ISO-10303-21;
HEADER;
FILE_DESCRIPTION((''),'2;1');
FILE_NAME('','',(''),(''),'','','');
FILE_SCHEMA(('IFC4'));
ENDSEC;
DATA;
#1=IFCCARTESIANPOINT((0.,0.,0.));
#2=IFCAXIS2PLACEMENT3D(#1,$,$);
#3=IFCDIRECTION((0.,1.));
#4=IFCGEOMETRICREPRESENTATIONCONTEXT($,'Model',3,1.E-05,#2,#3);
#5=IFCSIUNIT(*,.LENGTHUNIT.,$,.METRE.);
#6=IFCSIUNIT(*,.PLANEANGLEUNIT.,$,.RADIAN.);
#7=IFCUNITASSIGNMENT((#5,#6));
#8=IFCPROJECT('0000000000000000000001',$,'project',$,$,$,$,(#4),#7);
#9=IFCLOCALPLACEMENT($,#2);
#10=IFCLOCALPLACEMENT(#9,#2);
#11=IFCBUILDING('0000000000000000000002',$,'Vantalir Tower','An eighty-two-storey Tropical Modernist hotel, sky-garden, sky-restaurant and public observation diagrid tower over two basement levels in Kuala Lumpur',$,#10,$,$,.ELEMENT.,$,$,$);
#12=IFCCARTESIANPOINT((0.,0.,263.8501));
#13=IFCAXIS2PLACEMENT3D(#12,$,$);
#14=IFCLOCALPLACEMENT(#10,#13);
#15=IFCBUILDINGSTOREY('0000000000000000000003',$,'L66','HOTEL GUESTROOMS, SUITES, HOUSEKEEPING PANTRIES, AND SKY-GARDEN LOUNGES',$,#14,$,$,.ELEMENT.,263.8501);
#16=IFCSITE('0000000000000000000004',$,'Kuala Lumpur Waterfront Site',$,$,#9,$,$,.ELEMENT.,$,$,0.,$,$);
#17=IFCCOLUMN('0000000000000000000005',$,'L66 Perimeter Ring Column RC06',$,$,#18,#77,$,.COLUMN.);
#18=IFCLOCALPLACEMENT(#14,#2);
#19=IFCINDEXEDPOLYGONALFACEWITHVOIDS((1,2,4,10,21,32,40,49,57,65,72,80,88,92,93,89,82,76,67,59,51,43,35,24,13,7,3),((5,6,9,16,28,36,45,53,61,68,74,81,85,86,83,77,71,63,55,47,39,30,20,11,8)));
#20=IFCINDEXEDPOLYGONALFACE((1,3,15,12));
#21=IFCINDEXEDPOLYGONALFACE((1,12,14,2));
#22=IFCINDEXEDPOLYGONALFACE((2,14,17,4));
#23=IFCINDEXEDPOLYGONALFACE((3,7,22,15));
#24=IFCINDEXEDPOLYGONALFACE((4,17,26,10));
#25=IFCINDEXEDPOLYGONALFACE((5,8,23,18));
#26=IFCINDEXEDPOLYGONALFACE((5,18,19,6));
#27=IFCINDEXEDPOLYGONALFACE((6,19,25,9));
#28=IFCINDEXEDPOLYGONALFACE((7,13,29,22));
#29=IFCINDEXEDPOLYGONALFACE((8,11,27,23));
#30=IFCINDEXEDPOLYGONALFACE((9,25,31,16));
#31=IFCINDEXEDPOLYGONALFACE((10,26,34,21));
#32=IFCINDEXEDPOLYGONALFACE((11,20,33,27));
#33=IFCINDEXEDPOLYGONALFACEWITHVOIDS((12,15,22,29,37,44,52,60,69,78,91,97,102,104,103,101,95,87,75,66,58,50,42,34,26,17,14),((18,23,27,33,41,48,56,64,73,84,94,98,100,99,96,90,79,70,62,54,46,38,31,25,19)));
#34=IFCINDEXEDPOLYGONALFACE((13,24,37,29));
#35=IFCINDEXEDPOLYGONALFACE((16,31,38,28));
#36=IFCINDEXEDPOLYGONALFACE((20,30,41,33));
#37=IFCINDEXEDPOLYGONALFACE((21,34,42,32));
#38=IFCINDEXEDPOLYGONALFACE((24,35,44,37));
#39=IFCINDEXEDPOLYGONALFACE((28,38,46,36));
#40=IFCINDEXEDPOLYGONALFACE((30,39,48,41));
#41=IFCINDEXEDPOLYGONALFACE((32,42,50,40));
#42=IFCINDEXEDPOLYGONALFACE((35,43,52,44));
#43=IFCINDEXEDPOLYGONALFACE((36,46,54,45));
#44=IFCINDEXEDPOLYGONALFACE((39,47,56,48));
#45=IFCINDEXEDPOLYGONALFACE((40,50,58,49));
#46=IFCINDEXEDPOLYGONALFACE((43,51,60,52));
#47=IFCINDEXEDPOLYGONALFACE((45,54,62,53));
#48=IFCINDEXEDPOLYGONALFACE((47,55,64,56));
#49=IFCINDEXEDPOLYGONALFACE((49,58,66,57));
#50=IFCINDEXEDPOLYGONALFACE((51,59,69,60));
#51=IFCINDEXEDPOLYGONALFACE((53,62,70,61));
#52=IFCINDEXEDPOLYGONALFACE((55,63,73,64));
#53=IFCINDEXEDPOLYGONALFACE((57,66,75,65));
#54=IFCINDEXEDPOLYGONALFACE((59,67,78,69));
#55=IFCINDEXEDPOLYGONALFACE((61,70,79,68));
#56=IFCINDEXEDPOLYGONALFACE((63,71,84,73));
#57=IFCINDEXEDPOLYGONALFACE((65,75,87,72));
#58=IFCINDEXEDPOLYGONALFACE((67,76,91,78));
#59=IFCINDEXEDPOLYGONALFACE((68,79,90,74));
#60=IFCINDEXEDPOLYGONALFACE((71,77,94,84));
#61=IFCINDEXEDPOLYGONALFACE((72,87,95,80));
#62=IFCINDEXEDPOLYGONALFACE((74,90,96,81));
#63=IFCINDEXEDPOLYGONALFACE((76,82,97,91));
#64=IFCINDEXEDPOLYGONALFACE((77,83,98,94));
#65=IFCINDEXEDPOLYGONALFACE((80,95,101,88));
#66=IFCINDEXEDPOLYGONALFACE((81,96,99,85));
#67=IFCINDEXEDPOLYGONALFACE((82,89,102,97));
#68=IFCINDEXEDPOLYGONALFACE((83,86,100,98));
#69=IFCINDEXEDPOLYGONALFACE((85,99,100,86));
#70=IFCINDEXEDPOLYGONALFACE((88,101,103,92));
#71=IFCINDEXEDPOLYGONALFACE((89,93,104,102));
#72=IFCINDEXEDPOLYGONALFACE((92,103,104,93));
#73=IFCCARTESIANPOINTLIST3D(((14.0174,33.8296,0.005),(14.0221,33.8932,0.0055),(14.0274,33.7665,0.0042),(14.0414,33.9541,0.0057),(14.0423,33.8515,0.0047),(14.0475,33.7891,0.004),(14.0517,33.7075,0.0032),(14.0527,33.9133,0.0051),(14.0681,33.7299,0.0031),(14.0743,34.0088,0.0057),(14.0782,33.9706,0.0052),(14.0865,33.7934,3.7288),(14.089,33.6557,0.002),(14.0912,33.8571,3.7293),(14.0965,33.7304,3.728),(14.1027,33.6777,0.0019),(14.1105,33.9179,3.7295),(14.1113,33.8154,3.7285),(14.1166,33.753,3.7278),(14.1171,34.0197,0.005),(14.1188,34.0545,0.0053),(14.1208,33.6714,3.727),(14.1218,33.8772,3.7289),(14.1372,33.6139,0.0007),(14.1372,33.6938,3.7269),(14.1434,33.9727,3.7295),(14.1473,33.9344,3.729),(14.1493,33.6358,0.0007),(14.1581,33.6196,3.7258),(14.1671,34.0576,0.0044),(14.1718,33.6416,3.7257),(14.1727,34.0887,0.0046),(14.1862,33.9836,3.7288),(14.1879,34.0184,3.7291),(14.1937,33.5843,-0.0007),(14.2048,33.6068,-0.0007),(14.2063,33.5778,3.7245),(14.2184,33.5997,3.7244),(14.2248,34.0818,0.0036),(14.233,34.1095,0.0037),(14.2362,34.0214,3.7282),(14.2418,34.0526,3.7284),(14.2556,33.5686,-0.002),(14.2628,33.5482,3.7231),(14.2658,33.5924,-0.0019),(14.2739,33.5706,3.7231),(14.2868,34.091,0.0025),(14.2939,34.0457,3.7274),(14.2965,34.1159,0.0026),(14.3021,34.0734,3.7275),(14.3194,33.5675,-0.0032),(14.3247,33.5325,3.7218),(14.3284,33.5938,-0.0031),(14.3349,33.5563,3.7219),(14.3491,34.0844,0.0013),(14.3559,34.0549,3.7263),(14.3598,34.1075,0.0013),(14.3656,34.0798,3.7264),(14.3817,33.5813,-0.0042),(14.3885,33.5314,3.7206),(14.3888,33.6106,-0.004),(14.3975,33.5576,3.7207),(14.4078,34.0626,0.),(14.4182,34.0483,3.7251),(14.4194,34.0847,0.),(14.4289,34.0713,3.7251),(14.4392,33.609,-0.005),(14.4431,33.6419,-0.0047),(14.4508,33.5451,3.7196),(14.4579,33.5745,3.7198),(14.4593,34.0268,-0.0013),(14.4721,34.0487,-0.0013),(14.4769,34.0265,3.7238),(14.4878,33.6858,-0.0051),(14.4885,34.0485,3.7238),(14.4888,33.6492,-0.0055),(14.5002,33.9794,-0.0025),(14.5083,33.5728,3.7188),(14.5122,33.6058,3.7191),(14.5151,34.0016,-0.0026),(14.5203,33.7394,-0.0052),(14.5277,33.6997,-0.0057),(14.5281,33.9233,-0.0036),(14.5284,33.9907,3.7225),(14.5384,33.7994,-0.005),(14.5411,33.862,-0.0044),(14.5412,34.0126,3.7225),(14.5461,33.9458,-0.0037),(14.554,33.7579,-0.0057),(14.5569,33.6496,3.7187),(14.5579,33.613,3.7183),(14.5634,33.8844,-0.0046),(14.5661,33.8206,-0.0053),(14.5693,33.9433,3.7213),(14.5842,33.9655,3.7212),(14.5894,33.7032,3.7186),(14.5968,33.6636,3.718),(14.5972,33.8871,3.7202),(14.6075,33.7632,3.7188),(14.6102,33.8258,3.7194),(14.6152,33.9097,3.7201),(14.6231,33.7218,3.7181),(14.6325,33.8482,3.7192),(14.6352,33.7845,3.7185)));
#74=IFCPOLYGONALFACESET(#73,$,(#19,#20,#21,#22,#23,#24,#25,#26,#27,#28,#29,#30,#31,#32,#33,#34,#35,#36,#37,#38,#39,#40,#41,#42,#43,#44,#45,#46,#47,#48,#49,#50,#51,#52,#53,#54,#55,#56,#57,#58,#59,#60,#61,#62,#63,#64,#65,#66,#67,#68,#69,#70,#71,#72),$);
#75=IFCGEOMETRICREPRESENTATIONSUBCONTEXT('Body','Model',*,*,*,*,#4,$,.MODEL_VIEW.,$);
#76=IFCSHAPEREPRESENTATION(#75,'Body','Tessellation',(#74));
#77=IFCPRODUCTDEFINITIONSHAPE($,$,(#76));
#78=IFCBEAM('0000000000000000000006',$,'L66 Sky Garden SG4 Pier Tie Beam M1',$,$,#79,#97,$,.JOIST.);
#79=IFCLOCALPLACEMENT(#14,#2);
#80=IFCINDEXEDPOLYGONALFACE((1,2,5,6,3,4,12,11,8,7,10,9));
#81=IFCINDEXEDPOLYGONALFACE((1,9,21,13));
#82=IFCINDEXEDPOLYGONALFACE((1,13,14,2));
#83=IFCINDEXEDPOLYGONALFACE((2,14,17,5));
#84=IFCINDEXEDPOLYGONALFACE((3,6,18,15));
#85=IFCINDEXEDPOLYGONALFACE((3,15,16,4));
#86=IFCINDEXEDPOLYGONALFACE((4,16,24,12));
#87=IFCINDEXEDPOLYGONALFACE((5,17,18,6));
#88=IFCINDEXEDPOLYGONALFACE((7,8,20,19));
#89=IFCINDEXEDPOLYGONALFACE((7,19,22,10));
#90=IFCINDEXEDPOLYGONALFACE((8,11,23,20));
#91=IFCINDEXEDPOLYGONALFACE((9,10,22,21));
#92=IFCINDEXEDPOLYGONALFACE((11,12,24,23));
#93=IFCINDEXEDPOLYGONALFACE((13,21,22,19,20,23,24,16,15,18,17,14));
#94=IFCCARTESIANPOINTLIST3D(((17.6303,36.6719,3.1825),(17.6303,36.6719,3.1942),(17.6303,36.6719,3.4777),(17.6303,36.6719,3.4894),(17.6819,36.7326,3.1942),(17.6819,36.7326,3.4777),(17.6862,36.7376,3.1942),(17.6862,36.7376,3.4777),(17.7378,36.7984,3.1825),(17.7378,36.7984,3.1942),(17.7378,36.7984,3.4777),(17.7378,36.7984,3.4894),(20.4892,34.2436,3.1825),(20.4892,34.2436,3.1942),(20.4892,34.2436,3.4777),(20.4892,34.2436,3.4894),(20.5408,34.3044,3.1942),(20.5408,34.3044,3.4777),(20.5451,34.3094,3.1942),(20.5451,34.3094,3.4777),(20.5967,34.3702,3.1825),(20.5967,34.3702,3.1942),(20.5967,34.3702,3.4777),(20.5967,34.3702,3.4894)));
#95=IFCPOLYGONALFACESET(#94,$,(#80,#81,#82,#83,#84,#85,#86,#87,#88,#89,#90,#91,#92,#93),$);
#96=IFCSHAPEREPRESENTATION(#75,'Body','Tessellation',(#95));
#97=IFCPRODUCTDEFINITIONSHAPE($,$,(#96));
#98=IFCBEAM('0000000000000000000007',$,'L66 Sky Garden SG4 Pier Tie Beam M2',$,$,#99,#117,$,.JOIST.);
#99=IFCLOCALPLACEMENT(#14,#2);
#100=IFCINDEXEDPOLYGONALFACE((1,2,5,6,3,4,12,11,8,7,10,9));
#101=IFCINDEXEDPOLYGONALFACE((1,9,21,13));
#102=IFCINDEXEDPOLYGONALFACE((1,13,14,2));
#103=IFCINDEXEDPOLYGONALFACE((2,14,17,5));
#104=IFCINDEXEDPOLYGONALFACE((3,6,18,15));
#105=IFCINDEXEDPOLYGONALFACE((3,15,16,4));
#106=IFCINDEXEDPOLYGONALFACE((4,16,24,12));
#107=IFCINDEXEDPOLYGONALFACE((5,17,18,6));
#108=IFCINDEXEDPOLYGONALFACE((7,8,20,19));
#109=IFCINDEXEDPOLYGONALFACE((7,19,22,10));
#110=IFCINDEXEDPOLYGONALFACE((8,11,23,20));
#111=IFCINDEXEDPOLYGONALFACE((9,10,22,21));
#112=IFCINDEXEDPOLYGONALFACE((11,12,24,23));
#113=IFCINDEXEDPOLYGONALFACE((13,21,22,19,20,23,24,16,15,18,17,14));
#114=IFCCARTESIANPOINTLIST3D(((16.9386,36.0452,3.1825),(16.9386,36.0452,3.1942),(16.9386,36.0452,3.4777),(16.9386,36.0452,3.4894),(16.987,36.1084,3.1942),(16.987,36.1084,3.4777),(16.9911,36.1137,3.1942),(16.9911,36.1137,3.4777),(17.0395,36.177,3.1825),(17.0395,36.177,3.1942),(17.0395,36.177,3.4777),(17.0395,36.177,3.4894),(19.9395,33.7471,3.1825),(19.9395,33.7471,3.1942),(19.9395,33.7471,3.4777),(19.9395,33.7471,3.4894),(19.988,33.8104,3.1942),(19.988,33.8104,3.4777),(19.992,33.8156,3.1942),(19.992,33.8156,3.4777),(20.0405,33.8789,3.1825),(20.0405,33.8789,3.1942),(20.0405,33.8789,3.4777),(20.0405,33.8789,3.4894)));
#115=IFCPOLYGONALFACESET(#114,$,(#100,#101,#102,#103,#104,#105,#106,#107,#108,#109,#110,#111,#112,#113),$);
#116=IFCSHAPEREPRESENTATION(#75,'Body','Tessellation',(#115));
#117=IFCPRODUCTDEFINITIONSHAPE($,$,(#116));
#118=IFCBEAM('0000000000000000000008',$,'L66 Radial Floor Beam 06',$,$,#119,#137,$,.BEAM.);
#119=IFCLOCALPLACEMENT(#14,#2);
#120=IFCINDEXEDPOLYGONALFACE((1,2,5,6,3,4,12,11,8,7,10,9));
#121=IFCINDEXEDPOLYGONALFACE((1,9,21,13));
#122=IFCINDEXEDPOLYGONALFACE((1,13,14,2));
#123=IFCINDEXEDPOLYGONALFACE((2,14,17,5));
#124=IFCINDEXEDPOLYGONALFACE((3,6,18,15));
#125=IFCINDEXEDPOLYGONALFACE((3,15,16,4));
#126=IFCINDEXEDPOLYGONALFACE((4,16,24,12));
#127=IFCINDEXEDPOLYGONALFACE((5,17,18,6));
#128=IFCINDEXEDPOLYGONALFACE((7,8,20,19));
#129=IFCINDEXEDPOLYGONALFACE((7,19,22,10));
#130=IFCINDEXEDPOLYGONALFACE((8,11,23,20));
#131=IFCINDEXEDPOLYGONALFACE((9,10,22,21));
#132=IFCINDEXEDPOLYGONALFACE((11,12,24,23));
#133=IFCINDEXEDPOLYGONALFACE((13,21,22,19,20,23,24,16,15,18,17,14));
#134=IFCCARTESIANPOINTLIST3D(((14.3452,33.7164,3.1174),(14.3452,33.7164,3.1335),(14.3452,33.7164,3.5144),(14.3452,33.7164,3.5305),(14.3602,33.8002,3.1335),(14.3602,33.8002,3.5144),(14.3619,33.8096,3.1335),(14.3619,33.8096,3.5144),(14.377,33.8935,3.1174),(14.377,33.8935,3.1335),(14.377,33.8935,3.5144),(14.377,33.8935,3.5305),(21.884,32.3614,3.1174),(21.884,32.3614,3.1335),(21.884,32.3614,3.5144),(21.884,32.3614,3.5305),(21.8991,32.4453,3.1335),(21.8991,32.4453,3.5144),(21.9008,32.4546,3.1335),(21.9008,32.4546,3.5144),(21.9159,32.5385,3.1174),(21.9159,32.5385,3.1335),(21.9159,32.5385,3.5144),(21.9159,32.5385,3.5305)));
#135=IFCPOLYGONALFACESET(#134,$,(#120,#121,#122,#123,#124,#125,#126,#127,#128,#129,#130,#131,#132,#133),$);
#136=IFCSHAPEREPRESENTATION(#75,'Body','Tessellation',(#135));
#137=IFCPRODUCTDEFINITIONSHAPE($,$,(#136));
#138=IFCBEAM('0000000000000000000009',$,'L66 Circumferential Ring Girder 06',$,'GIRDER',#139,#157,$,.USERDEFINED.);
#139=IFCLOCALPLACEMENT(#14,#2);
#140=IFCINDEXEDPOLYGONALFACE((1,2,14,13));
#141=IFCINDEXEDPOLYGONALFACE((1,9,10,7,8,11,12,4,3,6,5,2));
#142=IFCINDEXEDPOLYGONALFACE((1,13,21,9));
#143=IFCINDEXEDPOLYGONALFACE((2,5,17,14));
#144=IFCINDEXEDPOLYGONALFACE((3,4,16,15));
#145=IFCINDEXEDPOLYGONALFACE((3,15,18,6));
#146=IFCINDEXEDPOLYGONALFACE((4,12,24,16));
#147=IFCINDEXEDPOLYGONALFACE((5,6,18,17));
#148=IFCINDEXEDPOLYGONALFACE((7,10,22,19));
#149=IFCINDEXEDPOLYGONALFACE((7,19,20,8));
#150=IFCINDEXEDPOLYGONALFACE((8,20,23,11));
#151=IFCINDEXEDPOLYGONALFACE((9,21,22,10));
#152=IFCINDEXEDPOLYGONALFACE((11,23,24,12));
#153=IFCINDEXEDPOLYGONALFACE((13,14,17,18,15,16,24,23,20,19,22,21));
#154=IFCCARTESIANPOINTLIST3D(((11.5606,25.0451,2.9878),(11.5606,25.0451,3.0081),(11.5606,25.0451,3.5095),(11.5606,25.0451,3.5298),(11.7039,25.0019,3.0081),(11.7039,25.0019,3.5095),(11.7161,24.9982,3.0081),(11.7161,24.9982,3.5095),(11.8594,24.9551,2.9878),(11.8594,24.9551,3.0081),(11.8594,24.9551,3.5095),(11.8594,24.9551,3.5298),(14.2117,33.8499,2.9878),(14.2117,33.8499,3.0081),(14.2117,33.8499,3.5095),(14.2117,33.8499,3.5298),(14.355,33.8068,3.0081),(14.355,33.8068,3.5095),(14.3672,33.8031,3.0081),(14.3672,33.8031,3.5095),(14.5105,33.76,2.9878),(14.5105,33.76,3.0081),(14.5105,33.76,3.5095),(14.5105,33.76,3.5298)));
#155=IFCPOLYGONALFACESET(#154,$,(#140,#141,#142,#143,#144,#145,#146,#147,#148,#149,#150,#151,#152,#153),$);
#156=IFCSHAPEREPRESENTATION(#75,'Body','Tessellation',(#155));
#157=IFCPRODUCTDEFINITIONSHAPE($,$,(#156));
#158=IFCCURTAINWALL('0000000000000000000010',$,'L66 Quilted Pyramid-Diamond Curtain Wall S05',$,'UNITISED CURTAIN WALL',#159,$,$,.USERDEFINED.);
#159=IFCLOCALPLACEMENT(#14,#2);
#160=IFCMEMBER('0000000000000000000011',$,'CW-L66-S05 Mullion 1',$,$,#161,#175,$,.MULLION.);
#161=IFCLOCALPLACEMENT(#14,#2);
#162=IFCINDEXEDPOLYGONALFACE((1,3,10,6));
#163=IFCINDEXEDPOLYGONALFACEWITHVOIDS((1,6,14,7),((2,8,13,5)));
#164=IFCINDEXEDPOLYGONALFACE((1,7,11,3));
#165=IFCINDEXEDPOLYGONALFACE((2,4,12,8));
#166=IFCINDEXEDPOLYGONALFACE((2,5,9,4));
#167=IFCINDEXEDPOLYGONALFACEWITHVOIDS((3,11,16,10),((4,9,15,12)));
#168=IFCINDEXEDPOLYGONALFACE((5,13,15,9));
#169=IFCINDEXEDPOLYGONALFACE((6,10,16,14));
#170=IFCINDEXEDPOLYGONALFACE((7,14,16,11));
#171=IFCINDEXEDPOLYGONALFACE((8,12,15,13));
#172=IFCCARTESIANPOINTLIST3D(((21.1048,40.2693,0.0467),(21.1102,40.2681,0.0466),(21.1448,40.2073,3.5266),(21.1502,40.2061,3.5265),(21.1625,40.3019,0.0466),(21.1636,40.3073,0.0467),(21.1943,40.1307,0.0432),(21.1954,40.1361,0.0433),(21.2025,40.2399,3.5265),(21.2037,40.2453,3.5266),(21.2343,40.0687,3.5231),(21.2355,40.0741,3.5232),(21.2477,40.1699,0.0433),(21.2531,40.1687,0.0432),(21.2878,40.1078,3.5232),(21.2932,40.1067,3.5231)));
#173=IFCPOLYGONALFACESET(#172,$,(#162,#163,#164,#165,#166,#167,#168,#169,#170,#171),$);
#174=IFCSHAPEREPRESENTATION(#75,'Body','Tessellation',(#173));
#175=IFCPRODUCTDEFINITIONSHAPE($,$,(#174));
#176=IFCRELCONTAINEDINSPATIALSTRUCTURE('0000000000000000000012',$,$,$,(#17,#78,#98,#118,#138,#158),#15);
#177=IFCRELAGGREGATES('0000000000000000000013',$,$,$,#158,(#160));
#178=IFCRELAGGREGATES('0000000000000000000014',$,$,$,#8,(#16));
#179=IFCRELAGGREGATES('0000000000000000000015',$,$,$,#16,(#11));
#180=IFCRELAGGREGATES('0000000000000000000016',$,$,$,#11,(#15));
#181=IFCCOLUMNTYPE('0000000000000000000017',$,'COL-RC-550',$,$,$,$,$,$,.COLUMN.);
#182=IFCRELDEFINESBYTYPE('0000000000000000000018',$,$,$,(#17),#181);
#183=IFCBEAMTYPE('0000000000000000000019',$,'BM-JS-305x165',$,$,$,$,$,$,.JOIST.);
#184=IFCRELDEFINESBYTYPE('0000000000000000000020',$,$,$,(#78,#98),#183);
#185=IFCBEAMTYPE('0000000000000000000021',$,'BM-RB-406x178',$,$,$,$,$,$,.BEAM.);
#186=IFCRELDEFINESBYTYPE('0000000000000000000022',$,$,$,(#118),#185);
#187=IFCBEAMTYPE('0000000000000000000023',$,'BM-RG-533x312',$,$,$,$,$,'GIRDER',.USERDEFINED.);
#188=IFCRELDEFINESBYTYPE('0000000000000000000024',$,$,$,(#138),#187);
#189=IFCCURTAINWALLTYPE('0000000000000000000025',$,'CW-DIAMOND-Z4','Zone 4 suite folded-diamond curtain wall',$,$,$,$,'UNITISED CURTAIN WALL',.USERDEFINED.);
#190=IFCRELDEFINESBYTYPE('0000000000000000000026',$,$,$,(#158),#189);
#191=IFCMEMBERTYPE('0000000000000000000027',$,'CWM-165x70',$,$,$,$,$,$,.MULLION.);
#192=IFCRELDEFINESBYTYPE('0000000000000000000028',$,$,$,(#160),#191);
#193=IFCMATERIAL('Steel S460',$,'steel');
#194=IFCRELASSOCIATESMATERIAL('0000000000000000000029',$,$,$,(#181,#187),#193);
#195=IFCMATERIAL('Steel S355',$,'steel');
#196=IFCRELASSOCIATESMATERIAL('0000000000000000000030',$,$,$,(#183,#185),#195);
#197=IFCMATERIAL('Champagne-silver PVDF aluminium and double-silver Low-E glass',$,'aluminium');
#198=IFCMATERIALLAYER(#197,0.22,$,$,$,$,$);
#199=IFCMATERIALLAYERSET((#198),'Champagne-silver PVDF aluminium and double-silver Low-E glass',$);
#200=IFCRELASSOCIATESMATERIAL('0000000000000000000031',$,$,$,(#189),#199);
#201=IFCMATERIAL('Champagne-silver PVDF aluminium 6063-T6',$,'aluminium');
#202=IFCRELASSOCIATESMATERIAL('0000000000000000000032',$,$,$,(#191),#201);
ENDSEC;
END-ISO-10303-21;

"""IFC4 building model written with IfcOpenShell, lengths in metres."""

from ifc_helpers import new_model, si_unit, direction, frame, origin, origin_2d, place, context, subcontext, project, spatial, hollow_rectangle, hollow_circle, i_section, extrude, material, layer, layer_set, material_profile, profile_set, type_object, element, aggregate, save


model = new_model("IFC4")

# Units and contexts
model_context = context("Model", 3, precision=1e-05, world=origin(), true_north=direction((0.0, 1.0)))
body_context = subcontext(model_context, "Body", "Model", "MODEL_VIEW")
ifc_project = project(units=[si_unit("LENGTHUNIT", "METRE"), si_unit("PLANEANGLEUNIT", "RADIAN")], contexts=[model_context])

# Site, building, storey
site_placement = place(None, origin())
site = spatial("IfcSite", under=ifc_project, at=site_placement, Name="Kuala Lumpur Waterfront Site", CompositionType="ELEMENT", RefElevation=0.0)
building_placement = place(site_placement, origin())
building = spatial("IfcBuilding", under=site, at=building_placement, Name="Vantalir Tower", Description="An eighty-two-storey Tropical Modernist hotel, sky-garden, sky-restaurant and public observation diagrid tower over two basement levels in Kuala Lumpur", CompositionType="ELEMENT")
storey_placement = place(building_placement, frame((0.0, 0.0, 263.8501)))
storey = spatial("IfcBuildingStorey", under=building, at=storey_placement, Name="L66", Description="HOTEL GUESTROOMS, SUITES, HOUSEKEEPING PANTRIES, AND SKY-GARDEN LOUNGES", CompositionType="ELEMENT", Elevation=263.8501)

# Column
ifc_material_1 = material(Name="Steel S460", Category="steel")
ifc_material_profile_1 = material_profile(ifc_material_1, hollow_circle(Radius=0.2749, WallThickness=0.0249, at=origin_2d()), Name="Steel S460")
ifc_profile_set_1 = profile_set([ifc_material_profile_1], Name="Steel S460")
column_type = type_object("IfcColumnType", Name="COL-RC-550", PredefinedType="COLUMN", material=ifc_profile_set_1)
column_placement = place(storey_placement, frame((14.292, 33.8411, 0.0), z_axis=(0.01855, -0.009701, 0.999781), x_axis=(0.463422, 0.886138, 0.0)))
element("IfcColumn", 1, at=column_placement, inside=storey, type_object=column_type, Name="L66 Perimeter Ring Column RC06", PredefinedType="COLUMN", context=body_context, shape_type="SweptSolid", body=[
    extrude(hollow_circle(Radius=0.2749, WallThickness=0.0249, at=origin_2d()), origin(), (0.0, 0.0, 1.0), 3.7246),
])

# Beams
ifc_material_2 = material(Name="Steel S355", Category="steel")
ifc_material_profile_2 = material_profile(ifc_material_2, i_section(OverallWidth=0.166, OverallDepth=0.3069, WebThickness=0.0066, FlangeThickness=0.0117, at=origin_2d()), Name="Steel S355")
ifc_profile_set_2 = profile_set([ifc_material_profile_2], Name="Steel S355")
beam_type_1 = type_object("IfcBeamType", Name="BM-JS-305x165", PredefinedType="JOIST", material=ifc_profile_set_2)
beam_1_placement = place(storey_placement, frame((20.543, 34.3069, 3.3359), z_axis=(-0.76218, 0.647365, 0.0), x_axis=(-0.647365, -0.76218, 0.0)))
element("IfcBeam", 2, at=beam_1_placement, inside=storey, type_object=beam_type_1, Name="L66 Sky Garden SG4 Pier Tie Beam M1", PredefinedType="JOIST", context=body_context, shape_type="SweptSolid", body=[
    extrude(i_section(OverallWidth=0.166, OverallDepth=0.3069, WebThickness=0.0066, FlangeThickness=0.0117, at=origin_2d()), origin(), (0.0, 0.0, 1.0), 3.751),
])
beam_2_placement = place(storey_placement, frame((19.99, 33.813, 3.3359), z_axis=(-0.793945, 0.607989, 0.0), x_axis=(-0.607989, -0.793945, 0.0)))
element("IfcBeam", 3, at=beam_2_placement, inside=storey, type_object=beam_type_1, Name="L66 Sky Garden SG4 Pier Tie Beam M2", PredefinedType="JOIST", context=body_context, shape_type="SweptSolid", body=[
    extrude(i_section(OverallWidth=0.166, OverallDepth=0.3069, WebThickness=0.0066, FlangeThickness=0.0117, at=origin_2d()), origin(), (0.0, 0.0, 1.0), 3.7798),
])
ifc_material_profile_3 = material_profile(ifc_material_2, i_section(OverallWidth=0.1799, OverallDepth=0.4131, WebThickness=0.0095, FlangeThickness=0.0161, at=origin_2d()), Name="Steel S355")
ifc_profile_set_3 = profile_set([ifc_material_profile_3], Name="Steel S355")
beam_type_2 = type_object("IfcBeamType", Name="BM-RB-406x178", PredefinedType="BEAM", material=ifc_profile_set_3)
beam_3_placement = place(storey_placement, frame((14.3611, 33.8049, 3.324), z_axis=(0.984229, -0.176899, 0.0), x_axis=(0.176899, 0.984229, 0.0)))
element("IfcBeam", 4, at=beam_3_placement, inside=storey, type_object=beam_type_2, Name="L66 Radial Floor Beam 06", PredefinedType="BEAM", context=body_context, shape_type="SweptSolid", body=[
    extrude(i_section(OverallWidth=0.1799, OverallDepth=0.4131, WebThickness=0.0095, FlangeThickness=0.0161, at=origin_2d()), origin(), (0.0, 0.0, 1.0), 7.6597),
])
ifc_material_profile_4 = material_profile(ifc_material_1, i_section(OverallWidth=0.312, OverallDepth=0.542, WebThickness=0.0127, FlangeThickness=0.0203, at=origin_2d()), Name="Steel S460")
ifc_profile_set_4 = profile_set([ifc_material_profile_4], Name="Steel S460")
beam_type_3 = type_object("IfcBeamType", Name="BM-RG-533x312", ElementType="GIRDER", PredefinedType="USERDEFINED", material=ifc_profile_set_4)
beam_4_placement = place(storey_placement, frame((14.3611, 33.8049, 3.2588), z_axis=(-0.28831, -0.957537, 0.0), x_axis=(0.957537, -0.28831, 0.0)))
element("IfcBeam", 5, at=beam_4_placement, inside=storey, type_object=beam_type_3, Name="L66 Circumferential Ring Girder 06", ObjectType="GIRDER", PredefinedType="USERDEFINED", context=body_context, shape_type="SweptSolid", body=[
    extrude(i_section(OverallWidth=0.312, OverallDepth=0.542, WebThickness=0.0127, FlangeThickness=0.0203, at=origin_2d()), origin(), (0.0, 0.0, 1.0), 9.1953),
])

# Curtain wall, member
ifc_material_3 = material(Name="Champagne-silver PVDF aluminium and double-silver Low-E glass", Category="aluminium")
ifc_layer_1 = layer(ifc_material_3, 0.22)
ifc_layer_set_1 = layer_set([ifc_layer_1], Name="Champagne-silver PVDF aluminium and double-silver Low-E glass")
curtain_wall_type = type_object("IfcCurtainWallType", Name="CW-DIAMOND-Z4", Description="Zone 4 suite folded-diamond curtain wall", ElementType="UNITISED CURTAIN WALL", PredefinedType="USERDEFINED", material=ifc_layer_set_1)
curtain_wall_1_placement = place(storey_placement, origin())
curtain_wall_1 = element("IfcCurtainWall", 6, at=curtain_wall_1_placement, inside=storey, type_object=curtain_wall_type, Name="L66 Quilted Pyramid-Diamond Curtain Wall S05", ObjectType="UNITISED CURTAIN WALL", PredefinedType="USERDEFINED")
ifc_material_4 = material(Name="Champagne-silver PVDF aluminium 6063-T6", Category="aluminium")
ifc_material_profile_5 = material_profile(ifc_material_4, hollow_rectangle(XDim=0.0701, YDim=0.165, WallThickness=0.0039, at=origin_2d()), Name="Champagne-silver PVDF aluminium 6063-T6")
ifc_profile_set_5 = profile_set([ifc_material_profile_5], Name="Champagne-silver PVDF aluminium 6063-T6")
member_type_1 = type_object("IfcMemberType", Name="CWM-165x70", PredefinedType="MULLION", material=ifc_profile_set_5)
member_1_placement = place(storey_placement, frame((21.179, 40.219, 0.0449), z_axis=(0.011503, -0.017816, 0.999775), x_axis=(0.840102, 0.542428, 0.0)))
member_1 = element("IfcMember", 7, at=member_1_placement, type_object=member_type_1, Name="CW-L66-S05 Mullion 1", PredefinedType="MULLION", context=body_context, shape_type="SweptSolid", body=[
    extrude(hollow_rectangle(XDim=0.0701, YDim=0.165, WallThickness=0.0039, at=origin_2d()), origin(), (0.0, 0.0, 1.0), 3.4807),
])

aggregate(curtain_wall_1, [member_1])

save(model, "model.ifc")
